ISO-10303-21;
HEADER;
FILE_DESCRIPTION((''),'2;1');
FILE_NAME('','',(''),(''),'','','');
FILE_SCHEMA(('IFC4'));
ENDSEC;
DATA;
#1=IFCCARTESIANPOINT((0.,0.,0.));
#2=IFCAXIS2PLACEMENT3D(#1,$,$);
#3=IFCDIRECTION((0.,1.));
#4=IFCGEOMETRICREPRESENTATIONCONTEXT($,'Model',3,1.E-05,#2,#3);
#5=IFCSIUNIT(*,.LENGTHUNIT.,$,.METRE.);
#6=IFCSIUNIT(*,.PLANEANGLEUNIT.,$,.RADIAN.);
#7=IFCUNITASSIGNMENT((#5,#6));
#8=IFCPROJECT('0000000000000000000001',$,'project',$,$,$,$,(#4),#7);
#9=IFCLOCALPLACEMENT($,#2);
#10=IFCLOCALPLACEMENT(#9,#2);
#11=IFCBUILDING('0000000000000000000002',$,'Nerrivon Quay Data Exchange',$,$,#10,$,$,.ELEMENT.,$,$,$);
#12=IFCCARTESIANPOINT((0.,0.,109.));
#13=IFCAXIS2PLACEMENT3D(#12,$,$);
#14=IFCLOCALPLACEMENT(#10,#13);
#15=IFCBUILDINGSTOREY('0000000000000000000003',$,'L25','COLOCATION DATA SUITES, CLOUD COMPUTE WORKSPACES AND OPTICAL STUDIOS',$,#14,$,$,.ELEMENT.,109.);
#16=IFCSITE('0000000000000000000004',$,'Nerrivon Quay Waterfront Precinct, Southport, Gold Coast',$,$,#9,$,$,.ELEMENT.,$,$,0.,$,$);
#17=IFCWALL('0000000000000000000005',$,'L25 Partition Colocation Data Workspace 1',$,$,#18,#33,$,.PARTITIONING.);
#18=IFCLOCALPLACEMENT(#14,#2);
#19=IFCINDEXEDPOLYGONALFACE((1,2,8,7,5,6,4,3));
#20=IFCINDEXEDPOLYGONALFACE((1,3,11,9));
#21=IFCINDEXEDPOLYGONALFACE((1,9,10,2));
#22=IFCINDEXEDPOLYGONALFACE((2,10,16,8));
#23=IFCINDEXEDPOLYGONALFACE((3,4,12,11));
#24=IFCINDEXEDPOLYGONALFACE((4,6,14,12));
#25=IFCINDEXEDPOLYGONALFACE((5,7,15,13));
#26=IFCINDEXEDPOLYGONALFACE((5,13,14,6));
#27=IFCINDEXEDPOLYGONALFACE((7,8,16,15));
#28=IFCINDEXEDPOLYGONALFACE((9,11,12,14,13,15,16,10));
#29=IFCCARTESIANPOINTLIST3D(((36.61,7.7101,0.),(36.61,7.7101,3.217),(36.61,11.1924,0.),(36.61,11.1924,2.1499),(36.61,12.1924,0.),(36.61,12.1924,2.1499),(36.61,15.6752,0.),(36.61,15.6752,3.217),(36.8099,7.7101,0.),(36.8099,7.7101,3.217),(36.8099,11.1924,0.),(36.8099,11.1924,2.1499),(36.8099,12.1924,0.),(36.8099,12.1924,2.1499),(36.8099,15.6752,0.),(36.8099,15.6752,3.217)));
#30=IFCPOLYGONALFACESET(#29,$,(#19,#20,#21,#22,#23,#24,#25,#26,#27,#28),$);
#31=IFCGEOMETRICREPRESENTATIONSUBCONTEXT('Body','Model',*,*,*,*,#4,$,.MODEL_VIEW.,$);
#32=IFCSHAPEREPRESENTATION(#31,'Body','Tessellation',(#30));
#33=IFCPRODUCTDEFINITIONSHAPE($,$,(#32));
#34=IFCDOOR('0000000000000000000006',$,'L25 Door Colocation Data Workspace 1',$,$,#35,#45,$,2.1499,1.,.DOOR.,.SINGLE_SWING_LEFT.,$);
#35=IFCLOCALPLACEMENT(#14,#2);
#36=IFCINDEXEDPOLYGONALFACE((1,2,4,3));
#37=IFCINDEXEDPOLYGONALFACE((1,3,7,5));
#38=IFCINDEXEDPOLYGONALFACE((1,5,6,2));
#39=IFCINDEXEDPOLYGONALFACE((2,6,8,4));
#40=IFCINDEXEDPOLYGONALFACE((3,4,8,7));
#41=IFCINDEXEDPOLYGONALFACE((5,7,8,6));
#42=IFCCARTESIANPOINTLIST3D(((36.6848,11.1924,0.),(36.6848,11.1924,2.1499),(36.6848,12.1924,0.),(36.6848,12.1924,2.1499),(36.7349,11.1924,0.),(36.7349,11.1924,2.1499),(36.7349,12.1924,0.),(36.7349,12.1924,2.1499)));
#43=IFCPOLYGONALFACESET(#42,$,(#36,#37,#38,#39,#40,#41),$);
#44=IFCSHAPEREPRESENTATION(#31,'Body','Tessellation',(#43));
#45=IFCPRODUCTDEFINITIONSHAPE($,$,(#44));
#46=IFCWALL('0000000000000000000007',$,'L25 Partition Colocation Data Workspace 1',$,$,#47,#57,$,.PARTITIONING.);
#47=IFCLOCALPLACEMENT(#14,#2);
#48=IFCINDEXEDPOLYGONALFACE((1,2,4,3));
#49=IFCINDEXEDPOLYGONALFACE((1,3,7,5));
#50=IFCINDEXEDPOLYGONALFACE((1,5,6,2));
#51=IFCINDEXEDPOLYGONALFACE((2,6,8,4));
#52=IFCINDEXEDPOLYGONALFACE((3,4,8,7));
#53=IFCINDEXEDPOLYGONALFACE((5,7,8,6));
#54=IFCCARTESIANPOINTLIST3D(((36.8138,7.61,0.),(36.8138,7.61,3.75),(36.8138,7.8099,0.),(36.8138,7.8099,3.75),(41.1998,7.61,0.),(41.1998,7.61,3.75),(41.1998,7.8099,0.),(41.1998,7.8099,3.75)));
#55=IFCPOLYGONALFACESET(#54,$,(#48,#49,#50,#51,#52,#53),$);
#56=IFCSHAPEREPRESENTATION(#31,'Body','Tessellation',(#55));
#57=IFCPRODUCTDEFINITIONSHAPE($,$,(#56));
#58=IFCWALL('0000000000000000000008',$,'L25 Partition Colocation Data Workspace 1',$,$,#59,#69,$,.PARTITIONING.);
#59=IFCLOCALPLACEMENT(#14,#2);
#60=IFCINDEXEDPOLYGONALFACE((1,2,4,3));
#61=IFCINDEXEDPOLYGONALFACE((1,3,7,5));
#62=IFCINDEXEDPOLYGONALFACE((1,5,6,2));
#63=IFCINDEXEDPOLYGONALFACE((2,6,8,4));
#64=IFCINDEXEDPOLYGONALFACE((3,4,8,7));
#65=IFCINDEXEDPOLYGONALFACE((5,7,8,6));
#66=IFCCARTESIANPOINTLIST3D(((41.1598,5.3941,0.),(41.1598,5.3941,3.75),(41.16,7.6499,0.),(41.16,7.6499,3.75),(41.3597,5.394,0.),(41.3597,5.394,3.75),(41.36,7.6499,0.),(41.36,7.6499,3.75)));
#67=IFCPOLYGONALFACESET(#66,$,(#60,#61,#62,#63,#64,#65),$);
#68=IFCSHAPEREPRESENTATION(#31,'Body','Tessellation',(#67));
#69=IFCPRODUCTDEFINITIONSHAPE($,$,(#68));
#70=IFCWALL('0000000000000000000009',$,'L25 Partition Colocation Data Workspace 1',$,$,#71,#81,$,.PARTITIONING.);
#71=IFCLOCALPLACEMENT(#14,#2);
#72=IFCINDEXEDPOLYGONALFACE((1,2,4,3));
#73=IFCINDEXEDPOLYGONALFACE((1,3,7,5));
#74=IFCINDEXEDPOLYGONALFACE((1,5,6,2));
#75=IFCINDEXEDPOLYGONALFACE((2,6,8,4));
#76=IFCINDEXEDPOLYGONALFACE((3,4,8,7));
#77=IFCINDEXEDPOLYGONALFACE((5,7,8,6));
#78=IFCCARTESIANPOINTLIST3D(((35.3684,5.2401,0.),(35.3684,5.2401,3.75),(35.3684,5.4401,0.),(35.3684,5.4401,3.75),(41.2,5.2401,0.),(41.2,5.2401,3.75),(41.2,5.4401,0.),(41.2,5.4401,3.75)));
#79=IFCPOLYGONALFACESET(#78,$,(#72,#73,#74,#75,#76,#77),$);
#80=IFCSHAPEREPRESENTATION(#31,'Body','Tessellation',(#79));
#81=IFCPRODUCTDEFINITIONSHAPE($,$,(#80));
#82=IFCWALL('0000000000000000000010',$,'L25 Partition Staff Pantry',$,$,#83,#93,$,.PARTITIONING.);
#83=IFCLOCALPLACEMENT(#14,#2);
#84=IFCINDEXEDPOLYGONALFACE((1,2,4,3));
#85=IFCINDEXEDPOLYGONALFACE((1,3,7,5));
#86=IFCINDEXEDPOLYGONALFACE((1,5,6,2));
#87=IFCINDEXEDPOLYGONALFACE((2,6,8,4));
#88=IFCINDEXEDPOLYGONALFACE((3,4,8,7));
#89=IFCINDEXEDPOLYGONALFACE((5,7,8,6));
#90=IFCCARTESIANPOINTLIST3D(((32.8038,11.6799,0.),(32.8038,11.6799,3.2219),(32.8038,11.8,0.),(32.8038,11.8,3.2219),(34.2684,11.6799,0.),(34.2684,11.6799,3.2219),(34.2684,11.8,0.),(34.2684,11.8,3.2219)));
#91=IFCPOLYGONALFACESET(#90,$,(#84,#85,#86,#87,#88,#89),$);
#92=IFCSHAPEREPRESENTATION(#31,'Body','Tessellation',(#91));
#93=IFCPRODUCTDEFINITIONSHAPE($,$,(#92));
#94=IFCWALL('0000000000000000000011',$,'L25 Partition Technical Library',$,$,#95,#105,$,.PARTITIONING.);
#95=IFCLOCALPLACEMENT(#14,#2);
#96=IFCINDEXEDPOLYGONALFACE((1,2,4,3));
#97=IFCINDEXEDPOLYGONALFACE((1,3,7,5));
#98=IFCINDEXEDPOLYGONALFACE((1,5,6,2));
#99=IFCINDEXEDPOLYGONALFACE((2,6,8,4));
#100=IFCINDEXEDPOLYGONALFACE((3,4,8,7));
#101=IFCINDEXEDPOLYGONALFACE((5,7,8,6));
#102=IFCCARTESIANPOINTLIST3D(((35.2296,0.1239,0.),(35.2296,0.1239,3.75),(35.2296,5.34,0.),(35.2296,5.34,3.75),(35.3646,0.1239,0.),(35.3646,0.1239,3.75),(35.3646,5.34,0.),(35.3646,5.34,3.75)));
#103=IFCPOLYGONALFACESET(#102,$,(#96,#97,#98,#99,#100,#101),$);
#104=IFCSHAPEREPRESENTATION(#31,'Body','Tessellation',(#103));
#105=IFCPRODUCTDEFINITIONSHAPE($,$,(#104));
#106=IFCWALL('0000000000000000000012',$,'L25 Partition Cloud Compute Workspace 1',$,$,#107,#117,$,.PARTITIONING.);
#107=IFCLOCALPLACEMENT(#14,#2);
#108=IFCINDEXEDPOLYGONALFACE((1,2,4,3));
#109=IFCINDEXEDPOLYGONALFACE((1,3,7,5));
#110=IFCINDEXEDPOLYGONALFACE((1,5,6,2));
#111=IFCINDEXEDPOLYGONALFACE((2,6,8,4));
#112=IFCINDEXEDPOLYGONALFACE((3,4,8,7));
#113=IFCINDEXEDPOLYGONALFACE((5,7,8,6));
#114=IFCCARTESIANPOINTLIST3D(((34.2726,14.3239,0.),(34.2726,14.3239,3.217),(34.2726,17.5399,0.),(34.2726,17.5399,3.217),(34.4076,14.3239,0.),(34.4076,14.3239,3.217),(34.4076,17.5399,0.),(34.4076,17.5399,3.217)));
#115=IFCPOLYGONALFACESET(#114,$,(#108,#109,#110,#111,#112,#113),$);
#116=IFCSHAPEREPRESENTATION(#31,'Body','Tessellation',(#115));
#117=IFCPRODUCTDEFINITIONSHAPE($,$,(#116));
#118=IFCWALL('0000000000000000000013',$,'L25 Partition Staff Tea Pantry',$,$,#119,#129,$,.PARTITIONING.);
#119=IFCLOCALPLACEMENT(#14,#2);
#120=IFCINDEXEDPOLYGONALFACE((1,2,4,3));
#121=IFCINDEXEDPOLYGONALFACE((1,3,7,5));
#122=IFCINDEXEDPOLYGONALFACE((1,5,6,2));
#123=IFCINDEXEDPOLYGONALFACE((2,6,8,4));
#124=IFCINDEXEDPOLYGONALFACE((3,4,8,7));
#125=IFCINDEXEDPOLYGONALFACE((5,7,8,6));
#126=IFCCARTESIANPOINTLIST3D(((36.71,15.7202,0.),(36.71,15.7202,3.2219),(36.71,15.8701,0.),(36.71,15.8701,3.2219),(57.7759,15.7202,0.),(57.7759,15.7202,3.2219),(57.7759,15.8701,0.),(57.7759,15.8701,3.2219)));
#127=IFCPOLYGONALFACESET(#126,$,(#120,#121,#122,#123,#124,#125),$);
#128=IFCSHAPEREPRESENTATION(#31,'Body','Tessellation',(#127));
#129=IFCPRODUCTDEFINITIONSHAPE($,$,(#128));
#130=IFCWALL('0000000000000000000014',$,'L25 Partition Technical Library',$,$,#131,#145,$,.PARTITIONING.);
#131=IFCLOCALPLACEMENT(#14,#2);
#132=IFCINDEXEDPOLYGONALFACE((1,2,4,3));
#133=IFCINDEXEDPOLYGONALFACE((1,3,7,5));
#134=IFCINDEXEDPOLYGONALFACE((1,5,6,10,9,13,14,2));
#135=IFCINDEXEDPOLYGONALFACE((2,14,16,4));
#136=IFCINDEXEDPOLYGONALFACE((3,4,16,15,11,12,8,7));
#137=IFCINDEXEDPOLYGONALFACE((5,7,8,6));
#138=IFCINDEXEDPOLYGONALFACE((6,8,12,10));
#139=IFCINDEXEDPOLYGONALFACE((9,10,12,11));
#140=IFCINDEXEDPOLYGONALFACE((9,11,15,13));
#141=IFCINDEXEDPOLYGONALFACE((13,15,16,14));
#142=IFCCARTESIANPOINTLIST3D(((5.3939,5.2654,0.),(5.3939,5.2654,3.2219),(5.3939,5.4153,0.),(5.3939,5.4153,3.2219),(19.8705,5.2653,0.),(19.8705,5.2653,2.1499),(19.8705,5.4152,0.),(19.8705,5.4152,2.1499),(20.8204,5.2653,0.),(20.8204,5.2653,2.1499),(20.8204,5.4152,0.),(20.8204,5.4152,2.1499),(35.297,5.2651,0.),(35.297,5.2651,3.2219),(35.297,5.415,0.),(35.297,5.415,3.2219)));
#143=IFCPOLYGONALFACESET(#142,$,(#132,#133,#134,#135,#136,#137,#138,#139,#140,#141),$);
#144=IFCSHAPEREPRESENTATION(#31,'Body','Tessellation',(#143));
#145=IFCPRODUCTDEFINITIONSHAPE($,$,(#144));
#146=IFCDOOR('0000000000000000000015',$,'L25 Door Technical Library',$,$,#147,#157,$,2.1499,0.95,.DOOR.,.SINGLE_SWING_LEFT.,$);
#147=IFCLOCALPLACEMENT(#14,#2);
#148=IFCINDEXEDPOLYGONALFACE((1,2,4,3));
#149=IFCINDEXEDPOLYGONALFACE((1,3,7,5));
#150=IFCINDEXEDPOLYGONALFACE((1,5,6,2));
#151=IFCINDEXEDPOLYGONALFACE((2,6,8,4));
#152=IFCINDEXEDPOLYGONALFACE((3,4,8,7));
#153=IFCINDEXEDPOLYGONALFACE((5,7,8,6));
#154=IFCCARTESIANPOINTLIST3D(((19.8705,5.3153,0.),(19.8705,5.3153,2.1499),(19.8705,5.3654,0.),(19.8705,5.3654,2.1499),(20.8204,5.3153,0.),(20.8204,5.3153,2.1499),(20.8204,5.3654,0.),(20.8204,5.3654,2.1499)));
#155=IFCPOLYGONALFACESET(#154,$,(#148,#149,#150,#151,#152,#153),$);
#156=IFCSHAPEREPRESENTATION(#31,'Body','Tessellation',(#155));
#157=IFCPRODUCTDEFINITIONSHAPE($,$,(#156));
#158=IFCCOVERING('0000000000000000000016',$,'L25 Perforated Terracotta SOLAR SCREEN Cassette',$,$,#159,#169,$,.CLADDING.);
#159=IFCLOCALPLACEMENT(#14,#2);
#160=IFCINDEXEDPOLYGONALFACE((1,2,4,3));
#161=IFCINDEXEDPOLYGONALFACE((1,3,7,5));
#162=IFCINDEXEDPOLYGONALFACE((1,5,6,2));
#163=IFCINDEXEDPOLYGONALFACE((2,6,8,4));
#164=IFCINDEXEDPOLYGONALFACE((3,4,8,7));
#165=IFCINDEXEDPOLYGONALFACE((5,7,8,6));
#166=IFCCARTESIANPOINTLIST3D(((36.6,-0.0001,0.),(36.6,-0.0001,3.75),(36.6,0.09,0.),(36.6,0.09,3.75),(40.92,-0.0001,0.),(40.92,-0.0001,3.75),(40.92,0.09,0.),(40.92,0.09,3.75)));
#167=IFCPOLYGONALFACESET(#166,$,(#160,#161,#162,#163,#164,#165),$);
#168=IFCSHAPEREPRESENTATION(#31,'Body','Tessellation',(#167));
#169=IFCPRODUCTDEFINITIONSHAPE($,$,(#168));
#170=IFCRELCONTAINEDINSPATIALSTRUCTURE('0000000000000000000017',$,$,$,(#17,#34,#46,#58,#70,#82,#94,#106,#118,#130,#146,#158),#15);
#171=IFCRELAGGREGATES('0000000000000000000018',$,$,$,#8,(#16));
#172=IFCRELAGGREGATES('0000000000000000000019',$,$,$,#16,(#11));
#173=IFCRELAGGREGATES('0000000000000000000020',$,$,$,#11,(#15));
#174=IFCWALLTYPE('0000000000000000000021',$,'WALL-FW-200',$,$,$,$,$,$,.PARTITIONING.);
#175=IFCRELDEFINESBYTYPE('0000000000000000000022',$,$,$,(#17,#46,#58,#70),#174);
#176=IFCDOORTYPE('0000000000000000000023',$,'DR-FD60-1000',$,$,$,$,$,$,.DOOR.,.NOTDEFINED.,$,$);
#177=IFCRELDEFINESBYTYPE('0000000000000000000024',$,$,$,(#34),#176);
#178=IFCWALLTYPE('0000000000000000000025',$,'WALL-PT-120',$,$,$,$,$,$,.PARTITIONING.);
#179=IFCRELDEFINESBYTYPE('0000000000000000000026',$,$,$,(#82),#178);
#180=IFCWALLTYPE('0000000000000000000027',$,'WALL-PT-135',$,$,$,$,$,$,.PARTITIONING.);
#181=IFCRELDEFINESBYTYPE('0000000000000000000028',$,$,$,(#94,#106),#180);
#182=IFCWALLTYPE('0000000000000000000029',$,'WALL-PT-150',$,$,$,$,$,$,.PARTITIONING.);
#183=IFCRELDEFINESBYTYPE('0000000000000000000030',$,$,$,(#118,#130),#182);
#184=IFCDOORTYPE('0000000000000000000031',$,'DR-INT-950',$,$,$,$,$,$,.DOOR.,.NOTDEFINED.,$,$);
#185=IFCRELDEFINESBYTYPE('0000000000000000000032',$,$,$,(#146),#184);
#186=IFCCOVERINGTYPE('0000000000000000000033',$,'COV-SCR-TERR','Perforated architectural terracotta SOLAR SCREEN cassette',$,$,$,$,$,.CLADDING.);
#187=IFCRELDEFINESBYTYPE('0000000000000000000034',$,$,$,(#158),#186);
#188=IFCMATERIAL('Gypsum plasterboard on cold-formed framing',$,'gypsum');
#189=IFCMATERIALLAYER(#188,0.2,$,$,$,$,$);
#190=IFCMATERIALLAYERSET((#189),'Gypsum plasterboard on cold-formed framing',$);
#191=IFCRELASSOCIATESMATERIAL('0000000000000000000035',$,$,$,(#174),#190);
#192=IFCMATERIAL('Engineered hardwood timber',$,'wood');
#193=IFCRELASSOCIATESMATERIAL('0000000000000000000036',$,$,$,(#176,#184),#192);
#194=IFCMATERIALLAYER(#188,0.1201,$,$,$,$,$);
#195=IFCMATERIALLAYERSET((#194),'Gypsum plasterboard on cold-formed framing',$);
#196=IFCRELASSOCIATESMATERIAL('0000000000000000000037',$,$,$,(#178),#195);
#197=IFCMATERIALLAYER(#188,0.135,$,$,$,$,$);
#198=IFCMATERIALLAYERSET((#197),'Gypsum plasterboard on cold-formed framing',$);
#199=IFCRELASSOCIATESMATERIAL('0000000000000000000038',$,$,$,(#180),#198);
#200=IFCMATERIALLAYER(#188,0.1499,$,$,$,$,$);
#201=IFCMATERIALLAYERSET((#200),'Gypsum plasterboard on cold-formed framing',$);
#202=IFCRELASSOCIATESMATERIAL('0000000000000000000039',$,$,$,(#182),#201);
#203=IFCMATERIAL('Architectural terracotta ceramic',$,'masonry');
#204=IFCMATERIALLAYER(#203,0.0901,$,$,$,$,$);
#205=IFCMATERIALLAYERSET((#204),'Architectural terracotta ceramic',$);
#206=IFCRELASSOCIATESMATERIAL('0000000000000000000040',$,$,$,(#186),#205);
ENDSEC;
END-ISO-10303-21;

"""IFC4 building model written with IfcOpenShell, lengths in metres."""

from ifc_helpers import new_model, si_unit, direction, frame, frame_2d, origin, origin_2d, place, context, subcontext, project, spatial, rectangle, extrude, material, layer, layer_set, type_object, element, fill, save


model = new_model("IFC4")

# Units and contexts
model_context = context("Model", 3, precision=1e-05, world=origin(), true_north=direction((0.0, 1.0)))
body_context = subcontext(model_context, "Body", "Model", "MODEL_VIEW")
ifc_project = project(units=[si_unit("LENGTHUNIT", "METRE"), si_unit("PLANEANGLEUNIT", "RADIAN")], contexts=[model_context])

# Site, building, storey
site_placement = place(None, origin())
site = spatial("IfcSite", under=ifc_project, at=site_placement, Name="Nerrivon Quay Waterfront Precinct, Southport, Gold Coast", CompositionType="ELEMENT", RefElevation=0.0)
building_placement = place(site_placement, origin())
building = spatial("IfcBuilding", under=site, at=building_placement, Name="Nerrivon Quay Data Exchange", CompositionType="ELEMENT")
storey_placement = place(building_placement, frame((0.0, 0.0, 109.0)))
storey = spatial("IfcBuildingStorey", under=building, at=storey_placement, Name="L25", Description="COLOCATION DATA SUITES, CLOUD COMPUTE WORKSPACES AND OPTICAL STUDIOS", CompositionType="ELEMENT", Elevation=109.0)

# Wall, opening, door
ifc_material_1 = material(Name="Gypsum plasterboard on cold-formed framing", Category="gypsum")
ifc_layer_1 = layer(ifc_material_1, 0.2)
ifc_layer_set_1 = layer_set([ifc_layer_1], Name="Gypsum plasterboard on cold-formed framing")
wall_type_1 = type_object("IfcWallType", Name="WALL-FW-200", PredefinedType="PARTITIONING", material=ifc_layer_set_1)
wall_1_placement = place(storey_placement, frame((36.71, 15.675, 0.0), z_axis=(0.0, 0.0, 1.0), x_axis=(0.0, -1.0, 0.0)))
wall_1 = element("IfcWall", 1, at=wall_1_placement, inside=storey, type_object=wall_type_1, Name="L25 Partition Colocation Data Workspace 1", PredefinedType="PARTITIONING", context=body_context, shape_type="SweptSolid", body=[
    extrude(rectangle(XDim=7.9651, YDim=0.2, at=frame_2d((3.9824, 0.0))), origin(), (0.0, 0.0, 1.0), 3.217),
])
opening_1_placement = place(wall_1_placement, frame((3.4827, 0.0, 0.0)))
opening_1 = element("IfcOpeningElement", 2, at=opening_1_placement, cuts=wall_1, PredefinedType="OPENING", context=body_context, shape_type="SweptSolid", body=[
    extrude(rectangle(XDim=1.0, YDim=2.1499, at=frame_2d((0.5, 1.075))), frame((0.0, 0.1099, 0.0), z_axis=(0.0, -1.0, 0.0), x_axis=(1.0, 0.0, 0.0)), (0.0, 0.0, 1.0), 0.22),
])
ifc_material_2 = material(Name="Engineered hardwood timber", Category="wood")
door_type_1 = type_object("IfcDoorType", Name="DR-FD60-1000", OperationType="NOTDEFINED", PredefinedType="DOOR", material=ifc_material_2)
door_1_placement = place(opening_1_placement, origin())
door_1 = element("IfcDoor", 3, at=door_1_placement, inside=storey, type_object=door_type_1, Name="L25 Door Colocation Data Workspace 1", OperationType="SINGLE_SWING_LEFT", OverallHeight=2.1499, OverallWidth=1.0, PredefinedType="DOOR", context=body_context, shape_type="SweptSolid", body=[
    extrude(rectangle(XDim=1.0, YDim=2.1499, at=frame_2d((0.5, 1.075))), frame((0.0, 0.0249, 0.0), z_axis=(0.0, -1.0, 0.0), x_axis=(1.0, 0.0, 0.0)), (0.0, 0.0, 1.0), 0.05),
])
fill(opening_1, door_1)

# Walls
wall_2_placement = place(storey_placement, frame((36.814, 7.71, 0.0), z_axis=(0.0, 0.0, 1.0), x_axis=(1.0, 0.0, 0.0)))
element("IfcWall", 4, at=wall_2_placement, inside=storey, type_object=wall_type_1, Name="L25 Partition Colocation Data Workspace 1", PredefinedType="PARTITIONING", context=body_context, shape_type="SweptSolid", body=[
    extrude(rectangle(XDim=4.386, YDim=0.2, at=frame_2d((2.1929, 0.0))), origin(), (0.0, 0.0, 1.0), 3.75),
])
wall_3_placement = place(storey_placement, frame((41.26, 7.6499, 0.0), z_axis=(0.0, 0.0, 1.0), x_axis=(-0.000108, -1.0, 0.0)))
element("IfcWall", 5, at=wall_3_placement, inside=storey, type_object=wall_type_1, Name="L25 Partition Colocation Data Workspace 1", PredefinedType="PARTITIONING", context=body_context, shape_type="SweptSolid", body=[
    extrude(rectangle(XDim=2.2559, YDim=0.2, at=frame_2d((1.1279, 0.0))), origin(), (0.0, 0.0, 1.0), 3.75),
])
wall_4_placement = place(storey_placement, frame((41.2, 5.3401, 0.0), z_axis=(0.0, 0.0, 1.0), x_axis=(-1.0, 0.0, 0.0)))
element("IfcWall", 6, at=wall_4_placement, inside=storey, type_object=wall_type_1, Name="L25 Partition Colocation Data Workspace 1", PredefinedType="PARTITIONING", context=body_context, shape_type="SweptSolid", body=[
    extrude(rectangle(XDim=5.8315, YDim=0.2, at=frame_2d((2.9158, 0.0))), origin(), (0.0, 0.0, 1.0), 3.75),
])
ifc_layer_2 = layer(ifc_material_1, 0.1201)
ifc_layer_set_2 = layer_set([ifc_layer_2], Name="Gypsum plasterboard on cold-formed framing")
wall_type_2 = type_object("IfcWallType", Name="WALL-PT-120", PredefinedType="PARTITIONING", material=ifc_layer_set_2)
wall_5_placement = place(storey_placement, frame((34.2686, 11.74, 0.0), z_axis=(0.0, 0.0, 1.0), x_axis=(-1.0, 0.0, 0.0)))
element("IfcWall", 7, at=wall_5_placement, inside=storey, type_object=wall_type_2, Name="L25 Partition Staff Pantry", PredefinedType="PARTITIONING", context=body_context, shape_type="SweptSolid", body=[
    extrude(rectangle(XDim=1.4646, YDim=0.1201, at=frame_2d((0.7324, 0.0))), origin(), (0.0, 0.0, 1.0), 3.2219),
])

# Shared definitions
ifc_layer_3 = layer(ifc_material_1, 0.135)
ifc_layer_set_3 = layer_set([ifc_layer_3], Name="Gypsum plasterboard on cold-formed framing")
wall_type_3 = type_object("IfcWallType", Name="WALL-PT-135", PredefinedType="PARTITIONING", material=ifc_layer_set_3)
door_type_2 = type_object("IfcDoorType", Name="DR-INT-950", OperationType="NOTDEFINED", PredefinedType="DOOR", material=ifc_material_2)

# Walls
wall_6_placement = place(storey_placement, frame((35.2971, 0.124, 0.0), z_axis=(0.0, 0.0, 1.0), x_axis=(0.0, 1.0, 0.0)))
element("IfcWall", 8, at=wall_6_placement, inside=storey, type_object=wall_type_3, Name="L25 Partition Technical Library", PredefinedType="PARTITIONING", context=body_context, shape_type="SweptSolid", body=[
    extrude(rectangle(XDim=5.2161, YDim=0.135, at=frame_2d((2.6079, 0.0))), origin(), (0.0, 0.0, 1.0), 3.75),
])
wall_7_placement = place(storey_placement, frame((34.3401, 14.324, 0.0), z_axis=(0.0, 0.0, 1.0), x_axis=(0.0, 1.0, 0.0)))
element("IfcWall", 9, at=wall_7_placement, inside=storey, type_object=wall_type_3, Name="L25 Partition Cloud Compute Workspace 1", PredefinedType="PARTITIONING", context=body_context, shape_type="SweptSolid", body=[
    extrude(rectangle(XDim=3.2161, YDim=0.135, at=frame_2d((1.6079, 0.0))), origin(), (0.0, 0.0, 1.0), 3.217),
])
ifc_layer_4 = layer(ifc_material_1, 0.1499)
ifc_layer_set_4 = layer_set([ifc_layer_4], Name="Gypsum plasterboard on cold-formed framing")
wall_type_4 = type_object("IfcWallType", Name="WALL-PT-150", PredefinedType="PARTITIONING", material=ifc_layer_set_4)
wall_8_placement = place(storey_placement, frame((36.71, 15.7952, 0.0), z_axis=(0.0, 0.0, 1.0), x_axis=(1.0, 0.0, 0.0)))
element("IfcWall", 10, at=wall_8_placement, inside=storey, type_object=wall_type_4, Name="L25 Partition Staff Tea Pantry", PredefinedType="PARTITIONING", context=body_context, shape_type="SweptSolid", body=[
    extrude(rectangle(XDim=21.0659, YDim=0.1499, at=frame_2d((10.533, 0.0))), origin(), (0.0, 0.0, 1.0), 3.2219),
])

# Wall, opening, door
wall_9_placement = place(storey_placement, frame((35.2971, 5.3401, 0.0), z_axis=(0.0, 0.0, 1.0), x_axis=(-1.0, 0.000008, 0.0)))
wall_9 = element("IfcWall", 11, at=wall_9_placement, inside=storey, type_object=wall_type_4, Name="L25 Partition Technical Library", PredefinedType="PARTITIONING", context=body_context, shape_type="SweptSolid", body=[
    extrude(rectangle(XDim=29.9031, YDim=0.1499, at=frame_2d((14.9517, 0.0))), origin(), (0.0, 0.0, 1.0), 3.2219),
])
opening_2_placement = place(wall_9_placement, frame((14.4766, 0.0, 0.0)))
opening_2 = element("IfcOpeningElement", 12, at=opening_2_placement, cuts=wall_9, PredefinedType="OPENING", context=body_context, shape_type="SweptSolid", body=[
    extrude(rectangle(XDim=0.95, YDim=2.1499, at=frame_2d((0.4751, 1.075))), frame((0.0, 0.085, 0.0), z_axis=(0.0, -1.0, 0.0), x_axis=(1.0, 0.0, 0.0)), (0.0, 0.0, 1.0), 0.1699),
])
door_2_placement = place(opening_2_placement, origin())
door_2 = element("IfcDoor", 13, at=door_2_placement, inside=storey, type_object=door_type_2, Name="L25 Door Technical Library", OperationType="SINGLE_SWING_LEFT", OverallHeight=2.1499, OverallWidth=0.95, PredefinedType="DOOR", context=body_context, shape_type="SweptSolid", body=[
    extrude(rectangle(XDim=0.95, YDim=2.1499, at=frame_2d((0.4751, 1.075))), frame((0.0, 0.0249, 0.0), z_axis=(0.0, -1.0, 0.0), x_axis=(1.0, 0.0, 0.0)), (0.0, 0.0, 1.0), 0.05),
])
fill(opening_2, door_2)

# Covering
ifc_material_3 = material(Name="Architectural terracotta ceramic", Category="masonry")
ifc_layer_5 = layer(ifc_material_3, 0.0901)
ifc_layer_set_5 = layer_set([ifc_layer_5], Name="Architectural terracotta ceramic")
covering_type = type_object("IfcCoveringType", Name="COV-SCR-TERR", Description="Perforated architectural terracotta SOLAR SCREEN cassette", PredefinedType="CLADDING", material=ifc_layer_set_5)
covering_placement = place(storey_placement, frame((38.76, 0.0449, 0.0), z_axis=(0.0, 0.0, 1.0), x_axis=(-1.0, 0.0, 0.0)))
element("IfcCovering", 14, at=covering_placement, inside=storey, type_object=covering_type, Name="L25 Perforated Terracotta SOLAR SCREEN Cassette", PredefinedType="CLADDING", context=body_context, shape_type="SweptSolid", body=[
    extrude(rectangle(XDim=4.3201, YDim=0.0901, at=origin_2d()), origin(), (0.0, 0.0, 1.0), 3.75),
])

save(model, "model.ifc")
